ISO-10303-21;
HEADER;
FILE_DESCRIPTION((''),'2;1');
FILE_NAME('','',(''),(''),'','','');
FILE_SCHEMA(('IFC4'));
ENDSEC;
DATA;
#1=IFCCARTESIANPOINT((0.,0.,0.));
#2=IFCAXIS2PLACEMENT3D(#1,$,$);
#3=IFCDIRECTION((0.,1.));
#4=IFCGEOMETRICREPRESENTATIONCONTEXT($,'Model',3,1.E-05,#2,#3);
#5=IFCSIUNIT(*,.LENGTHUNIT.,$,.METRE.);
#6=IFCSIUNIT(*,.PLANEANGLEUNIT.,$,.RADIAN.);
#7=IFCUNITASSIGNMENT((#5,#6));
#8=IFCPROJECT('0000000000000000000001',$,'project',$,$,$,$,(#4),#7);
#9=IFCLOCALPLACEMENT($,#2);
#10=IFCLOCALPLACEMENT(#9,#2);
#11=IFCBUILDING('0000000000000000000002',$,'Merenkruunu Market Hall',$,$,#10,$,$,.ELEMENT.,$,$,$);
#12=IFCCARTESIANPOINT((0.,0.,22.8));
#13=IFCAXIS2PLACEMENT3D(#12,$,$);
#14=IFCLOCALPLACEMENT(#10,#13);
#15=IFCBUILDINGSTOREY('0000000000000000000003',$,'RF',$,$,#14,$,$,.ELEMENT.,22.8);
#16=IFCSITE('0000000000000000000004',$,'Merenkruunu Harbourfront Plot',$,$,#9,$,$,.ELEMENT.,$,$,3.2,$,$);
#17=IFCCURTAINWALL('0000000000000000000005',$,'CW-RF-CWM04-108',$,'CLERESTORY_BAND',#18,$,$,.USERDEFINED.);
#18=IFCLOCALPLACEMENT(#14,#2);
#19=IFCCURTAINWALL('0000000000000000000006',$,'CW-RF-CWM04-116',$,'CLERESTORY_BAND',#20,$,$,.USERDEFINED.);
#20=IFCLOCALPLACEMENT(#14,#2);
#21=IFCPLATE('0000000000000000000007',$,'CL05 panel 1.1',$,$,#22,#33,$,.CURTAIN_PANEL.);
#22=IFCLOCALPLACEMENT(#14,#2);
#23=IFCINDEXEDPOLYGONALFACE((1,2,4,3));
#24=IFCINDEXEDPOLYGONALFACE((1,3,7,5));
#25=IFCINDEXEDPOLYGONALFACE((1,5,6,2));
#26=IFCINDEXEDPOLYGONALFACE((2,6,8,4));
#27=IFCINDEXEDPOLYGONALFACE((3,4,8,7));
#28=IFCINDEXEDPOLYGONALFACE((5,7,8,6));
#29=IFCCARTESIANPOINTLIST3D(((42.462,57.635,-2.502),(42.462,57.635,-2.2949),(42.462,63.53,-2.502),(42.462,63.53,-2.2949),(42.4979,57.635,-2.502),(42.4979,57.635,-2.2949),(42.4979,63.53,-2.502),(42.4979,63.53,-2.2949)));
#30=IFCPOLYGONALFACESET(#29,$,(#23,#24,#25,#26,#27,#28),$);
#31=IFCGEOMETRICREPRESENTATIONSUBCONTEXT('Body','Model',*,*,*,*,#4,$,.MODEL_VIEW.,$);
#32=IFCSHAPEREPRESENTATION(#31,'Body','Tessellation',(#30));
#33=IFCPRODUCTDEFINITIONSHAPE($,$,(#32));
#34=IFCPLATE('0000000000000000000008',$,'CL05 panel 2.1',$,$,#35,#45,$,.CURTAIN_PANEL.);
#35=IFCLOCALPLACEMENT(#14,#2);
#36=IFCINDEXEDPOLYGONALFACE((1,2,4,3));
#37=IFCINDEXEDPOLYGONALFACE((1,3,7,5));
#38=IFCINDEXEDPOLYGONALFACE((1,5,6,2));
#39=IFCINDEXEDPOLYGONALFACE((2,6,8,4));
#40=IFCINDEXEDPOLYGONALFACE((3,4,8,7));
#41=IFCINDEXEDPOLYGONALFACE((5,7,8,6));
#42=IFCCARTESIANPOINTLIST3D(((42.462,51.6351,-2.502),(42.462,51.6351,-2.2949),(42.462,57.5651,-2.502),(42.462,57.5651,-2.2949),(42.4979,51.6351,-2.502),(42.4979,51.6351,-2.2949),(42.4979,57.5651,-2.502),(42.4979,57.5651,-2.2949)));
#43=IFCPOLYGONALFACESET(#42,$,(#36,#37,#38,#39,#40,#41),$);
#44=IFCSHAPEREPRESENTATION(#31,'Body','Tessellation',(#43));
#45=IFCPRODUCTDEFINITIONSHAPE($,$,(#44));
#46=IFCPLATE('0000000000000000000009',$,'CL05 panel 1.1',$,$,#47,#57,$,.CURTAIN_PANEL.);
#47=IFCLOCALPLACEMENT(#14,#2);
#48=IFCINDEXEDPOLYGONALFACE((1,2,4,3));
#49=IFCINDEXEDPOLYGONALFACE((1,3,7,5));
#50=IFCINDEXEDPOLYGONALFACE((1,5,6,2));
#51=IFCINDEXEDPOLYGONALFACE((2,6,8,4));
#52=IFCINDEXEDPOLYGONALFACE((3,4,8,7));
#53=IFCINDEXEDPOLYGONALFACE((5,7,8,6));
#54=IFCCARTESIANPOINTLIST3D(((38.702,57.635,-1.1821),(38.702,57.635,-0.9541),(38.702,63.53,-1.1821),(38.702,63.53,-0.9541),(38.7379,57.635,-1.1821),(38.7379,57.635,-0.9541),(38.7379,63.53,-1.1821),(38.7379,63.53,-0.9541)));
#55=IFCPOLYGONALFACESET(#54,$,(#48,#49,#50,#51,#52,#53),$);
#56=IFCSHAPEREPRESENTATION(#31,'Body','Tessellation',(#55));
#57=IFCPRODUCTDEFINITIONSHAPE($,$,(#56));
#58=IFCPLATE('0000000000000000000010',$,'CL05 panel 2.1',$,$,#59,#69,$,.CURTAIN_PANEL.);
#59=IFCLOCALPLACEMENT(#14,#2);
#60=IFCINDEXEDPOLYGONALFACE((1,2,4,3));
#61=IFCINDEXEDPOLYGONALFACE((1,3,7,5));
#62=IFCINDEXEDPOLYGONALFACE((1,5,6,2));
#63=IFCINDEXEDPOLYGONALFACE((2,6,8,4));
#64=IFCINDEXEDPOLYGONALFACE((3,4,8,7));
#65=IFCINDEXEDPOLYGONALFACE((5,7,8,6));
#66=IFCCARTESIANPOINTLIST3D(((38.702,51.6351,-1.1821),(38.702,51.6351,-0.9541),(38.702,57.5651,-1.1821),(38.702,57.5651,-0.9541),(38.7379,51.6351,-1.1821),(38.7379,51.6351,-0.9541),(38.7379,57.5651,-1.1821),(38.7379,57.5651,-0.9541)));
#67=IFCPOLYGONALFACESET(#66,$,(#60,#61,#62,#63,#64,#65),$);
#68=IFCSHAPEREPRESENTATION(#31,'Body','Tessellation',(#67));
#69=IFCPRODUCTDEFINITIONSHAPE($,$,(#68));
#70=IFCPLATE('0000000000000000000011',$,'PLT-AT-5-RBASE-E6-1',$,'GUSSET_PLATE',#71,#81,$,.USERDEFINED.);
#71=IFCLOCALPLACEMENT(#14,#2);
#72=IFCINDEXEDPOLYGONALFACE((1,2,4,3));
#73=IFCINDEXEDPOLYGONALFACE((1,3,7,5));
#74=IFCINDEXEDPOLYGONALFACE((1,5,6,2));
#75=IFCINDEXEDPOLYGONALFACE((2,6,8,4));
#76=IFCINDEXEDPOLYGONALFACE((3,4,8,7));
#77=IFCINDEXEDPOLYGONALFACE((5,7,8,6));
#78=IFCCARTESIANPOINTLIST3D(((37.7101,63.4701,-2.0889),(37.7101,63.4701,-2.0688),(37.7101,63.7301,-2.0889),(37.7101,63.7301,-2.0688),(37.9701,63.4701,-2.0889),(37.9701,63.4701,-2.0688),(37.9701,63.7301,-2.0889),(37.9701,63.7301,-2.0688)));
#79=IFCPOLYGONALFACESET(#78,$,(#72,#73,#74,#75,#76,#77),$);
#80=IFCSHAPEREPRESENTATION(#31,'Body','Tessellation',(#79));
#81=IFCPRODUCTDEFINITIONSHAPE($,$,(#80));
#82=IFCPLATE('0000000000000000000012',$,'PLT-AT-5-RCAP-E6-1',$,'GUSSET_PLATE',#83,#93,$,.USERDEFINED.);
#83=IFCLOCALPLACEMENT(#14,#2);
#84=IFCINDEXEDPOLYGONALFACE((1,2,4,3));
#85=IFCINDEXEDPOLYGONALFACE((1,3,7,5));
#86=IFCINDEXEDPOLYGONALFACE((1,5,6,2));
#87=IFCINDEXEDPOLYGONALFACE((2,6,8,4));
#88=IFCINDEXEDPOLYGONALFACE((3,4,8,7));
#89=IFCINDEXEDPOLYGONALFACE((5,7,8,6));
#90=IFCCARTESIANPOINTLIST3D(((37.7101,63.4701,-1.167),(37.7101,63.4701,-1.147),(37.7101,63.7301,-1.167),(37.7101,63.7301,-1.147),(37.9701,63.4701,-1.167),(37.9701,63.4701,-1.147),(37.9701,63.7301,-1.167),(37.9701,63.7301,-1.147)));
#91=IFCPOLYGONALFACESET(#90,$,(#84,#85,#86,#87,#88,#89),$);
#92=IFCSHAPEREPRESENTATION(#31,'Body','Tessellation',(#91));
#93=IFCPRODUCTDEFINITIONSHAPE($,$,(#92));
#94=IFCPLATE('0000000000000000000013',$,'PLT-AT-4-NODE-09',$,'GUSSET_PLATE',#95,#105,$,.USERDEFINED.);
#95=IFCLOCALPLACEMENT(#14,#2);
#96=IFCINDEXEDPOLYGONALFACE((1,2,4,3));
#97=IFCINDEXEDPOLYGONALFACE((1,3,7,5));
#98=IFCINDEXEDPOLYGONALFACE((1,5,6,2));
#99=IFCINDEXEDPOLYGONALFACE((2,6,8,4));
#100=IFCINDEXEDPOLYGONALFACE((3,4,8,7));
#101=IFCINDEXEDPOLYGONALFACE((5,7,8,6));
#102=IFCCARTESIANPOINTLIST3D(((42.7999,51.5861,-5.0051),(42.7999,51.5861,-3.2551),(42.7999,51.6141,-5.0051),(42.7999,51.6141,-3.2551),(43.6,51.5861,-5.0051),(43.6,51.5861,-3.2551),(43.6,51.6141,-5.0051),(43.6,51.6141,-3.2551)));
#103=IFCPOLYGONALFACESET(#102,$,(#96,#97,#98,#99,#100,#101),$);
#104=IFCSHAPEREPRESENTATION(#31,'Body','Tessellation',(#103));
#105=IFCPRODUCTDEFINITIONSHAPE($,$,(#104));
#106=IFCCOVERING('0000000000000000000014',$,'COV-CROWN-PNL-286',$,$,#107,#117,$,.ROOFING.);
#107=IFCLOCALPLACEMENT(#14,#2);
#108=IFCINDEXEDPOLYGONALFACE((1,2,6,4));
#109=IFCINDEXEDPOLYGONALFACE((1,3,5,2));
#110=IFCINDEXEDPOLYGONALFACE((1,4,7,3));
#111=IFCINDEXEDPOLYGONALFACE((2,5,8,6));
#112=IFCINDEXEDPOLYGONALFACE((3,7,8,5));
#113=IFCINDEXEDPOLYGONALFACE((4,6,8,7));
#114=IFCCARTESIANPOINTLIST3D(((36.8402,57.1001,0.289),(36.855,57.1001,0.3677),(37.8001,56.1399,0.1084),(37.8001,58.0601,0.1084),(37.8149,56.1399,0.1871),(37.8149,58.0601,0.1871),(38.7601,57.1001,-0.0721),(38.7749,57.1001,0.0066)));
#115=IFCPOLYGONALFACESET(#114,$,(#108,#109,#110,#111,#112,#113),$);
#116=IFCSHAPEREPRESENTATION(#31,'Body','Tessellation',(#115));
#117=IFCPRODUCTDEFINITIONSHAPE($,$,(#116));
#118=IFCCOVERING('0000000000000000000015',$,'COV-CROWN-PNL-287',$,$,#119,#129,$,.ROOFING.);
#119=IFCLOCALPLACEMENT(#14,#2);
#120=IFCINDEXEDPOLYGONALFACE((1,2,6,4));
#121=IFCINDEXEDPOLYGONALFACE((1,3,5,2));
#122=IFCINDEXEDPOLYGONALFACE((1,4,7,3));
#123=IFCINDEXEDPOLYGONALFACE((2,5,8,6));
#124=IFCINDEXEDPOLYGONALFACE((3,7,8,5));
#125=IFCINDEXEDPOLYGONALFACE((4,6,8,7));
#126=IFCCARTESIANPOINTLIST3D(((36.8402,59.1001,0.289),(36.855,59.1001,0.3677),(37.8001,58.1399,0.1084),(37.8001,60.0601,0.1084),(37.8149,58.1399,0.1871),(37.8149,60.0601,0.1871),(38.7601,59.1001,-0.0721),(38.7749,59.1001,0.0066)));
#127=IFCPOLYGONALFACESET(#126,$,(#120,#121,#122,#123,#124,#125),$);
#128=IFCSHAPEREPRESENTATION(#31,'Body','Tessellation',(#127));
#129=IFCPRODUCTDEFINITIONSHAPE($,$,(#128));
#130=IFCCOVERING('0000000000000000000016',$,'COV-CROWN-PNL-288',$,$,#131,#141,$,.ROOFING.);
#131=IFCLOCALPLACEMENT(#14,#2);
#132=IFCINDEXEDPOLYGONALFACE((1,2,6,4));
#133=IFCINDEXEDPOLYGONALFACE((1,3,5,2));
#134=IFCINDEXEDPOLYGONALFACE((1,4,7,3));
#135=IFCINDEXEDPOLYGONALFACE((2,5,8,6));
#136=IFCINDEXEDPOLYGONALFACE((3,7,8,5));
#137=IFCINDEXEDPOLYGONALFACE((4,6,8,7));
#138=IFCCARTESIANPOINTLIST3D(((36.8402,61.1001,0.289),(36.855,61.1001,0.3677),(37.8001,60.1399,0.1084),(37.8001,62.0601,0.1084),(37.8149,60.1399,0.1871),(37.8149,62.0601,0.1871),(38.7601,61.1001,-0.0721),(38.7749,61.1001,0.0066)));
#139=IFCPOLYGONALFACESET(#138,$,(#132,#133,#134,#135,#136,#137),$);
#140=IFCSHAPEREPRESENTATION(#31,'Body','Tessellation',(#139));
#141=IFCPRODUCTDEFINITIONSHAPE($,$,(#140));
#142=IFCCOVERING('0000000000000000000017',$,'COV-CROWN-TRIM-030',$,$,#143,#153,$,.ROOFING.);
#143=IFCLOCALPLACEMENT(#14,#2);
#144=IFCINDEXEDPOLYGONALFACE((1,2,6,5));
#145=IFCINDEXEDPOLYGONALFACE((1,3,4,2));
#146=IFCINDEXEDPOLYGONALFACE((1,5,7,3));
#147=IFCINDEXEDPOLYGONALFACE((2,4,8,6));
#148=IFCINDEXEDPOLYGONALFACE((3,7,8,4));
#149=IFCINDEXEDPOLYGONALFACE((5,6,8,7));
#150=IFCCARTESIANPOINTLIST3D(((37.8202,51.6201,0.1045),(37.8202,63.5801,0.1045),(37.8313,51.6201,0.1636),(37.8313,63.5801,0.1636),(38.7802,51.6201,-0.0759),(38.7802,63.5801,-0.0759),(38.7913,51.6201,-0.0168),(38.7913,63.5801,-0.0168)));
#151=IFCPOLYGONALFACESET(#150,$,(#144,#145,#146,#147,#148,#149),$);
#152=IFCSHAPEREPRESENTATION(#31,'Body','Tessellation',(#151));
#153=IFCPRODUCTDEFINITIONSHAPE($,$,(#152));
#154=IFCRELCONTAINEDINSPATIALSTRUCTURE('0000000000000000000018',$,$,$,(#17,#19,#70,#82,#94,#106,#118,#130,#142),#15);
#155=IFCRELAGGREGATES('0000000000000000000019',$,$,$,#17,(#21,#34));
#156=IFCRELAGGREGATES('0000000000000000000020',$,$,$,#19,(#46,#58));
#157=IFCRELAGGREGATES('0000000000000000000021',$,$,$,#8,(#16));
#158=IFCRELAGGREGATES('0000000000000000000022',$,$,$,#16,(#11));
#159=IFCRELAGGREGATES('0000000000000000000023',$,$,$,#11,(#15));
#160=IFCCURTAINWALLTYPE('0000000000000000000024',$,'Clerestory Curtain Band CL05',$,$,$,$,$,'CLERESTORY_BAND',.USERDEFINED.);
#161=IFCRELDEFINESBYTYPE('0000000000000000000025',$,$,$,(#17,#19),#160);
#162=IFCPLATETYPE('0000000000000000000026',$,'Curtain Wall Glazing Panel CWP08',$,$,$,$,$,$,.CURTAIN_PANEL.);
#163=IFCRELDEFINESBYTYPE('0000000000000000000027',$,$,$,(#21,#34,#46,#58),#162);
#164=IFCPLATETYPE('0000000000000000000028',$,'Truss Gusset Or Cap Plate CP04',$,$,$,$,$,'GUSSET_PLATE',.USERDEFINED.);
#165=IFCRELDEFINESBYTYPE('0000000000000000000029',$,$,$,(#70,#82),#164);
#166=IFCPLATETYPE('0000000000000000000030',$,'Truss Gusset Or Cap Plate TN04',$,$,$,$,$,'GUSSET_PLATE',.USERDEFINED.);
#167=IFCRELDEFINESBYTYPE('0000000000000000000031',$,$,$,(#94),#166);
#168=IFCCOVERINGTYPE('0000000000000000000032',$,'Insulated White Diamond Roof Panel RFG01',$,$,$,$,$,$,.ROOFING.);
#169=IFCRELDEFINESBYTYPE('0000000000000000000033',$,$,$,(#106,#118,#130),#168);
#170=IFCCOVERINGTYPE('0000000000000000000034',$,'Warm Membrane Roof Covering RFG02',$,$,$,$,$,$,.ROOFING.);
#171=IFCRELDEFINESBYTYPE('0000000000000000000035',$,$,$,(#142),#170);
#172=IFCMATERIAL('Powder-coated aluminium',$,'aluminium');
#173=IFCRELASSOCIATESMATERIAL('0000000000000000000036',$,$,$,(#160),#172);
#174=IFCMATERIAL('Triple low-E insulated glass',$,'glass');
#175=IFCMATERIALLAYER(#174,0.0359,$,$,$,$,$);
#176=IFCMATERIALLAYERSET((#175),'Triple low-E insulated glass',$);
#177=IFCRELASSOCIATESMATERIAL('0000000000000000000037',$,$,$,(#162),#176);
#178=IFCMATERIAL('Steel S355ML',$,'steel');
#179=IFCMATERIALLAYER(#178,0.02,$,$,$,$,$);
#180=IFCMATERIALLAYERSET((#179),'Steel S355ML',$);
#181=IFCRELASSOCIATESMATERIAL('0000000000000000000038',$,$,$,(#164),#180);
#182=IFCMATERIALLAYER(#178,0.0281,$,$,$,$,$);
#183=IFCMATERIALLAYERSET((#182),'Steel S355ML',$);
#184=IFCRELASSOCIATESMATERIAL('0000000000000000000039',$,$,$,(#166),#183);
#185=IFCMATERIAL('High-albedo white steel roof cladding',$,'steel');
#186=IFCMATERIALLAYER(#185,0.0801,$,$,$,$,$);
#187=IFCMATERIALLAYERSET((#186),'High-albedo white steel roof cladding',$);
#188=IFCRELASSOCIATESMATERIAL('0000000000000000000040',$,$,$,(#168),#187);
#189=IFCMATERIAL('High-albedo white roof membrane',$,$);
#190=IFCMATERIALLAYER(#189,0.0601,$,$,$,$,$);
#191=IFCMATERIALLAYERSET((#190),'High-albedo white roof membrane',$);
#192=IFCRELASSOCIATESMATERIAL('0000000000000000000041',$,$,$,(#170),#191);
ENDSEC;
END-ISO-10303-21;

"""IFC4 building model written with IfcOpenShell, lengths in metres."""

from ifc_helpers import new_model, si_unit, direction, frame, origin, origin_2d, place, context, subcontext, project, spatial, polyline, rectangle, outline, extrude, material, layer, layer_set, type_object, element, aggregate, save


model = new_model("IFC4")

# Units and contexts
model_context = context("Model", 3, precision=1e-05, world=origin(), true_north=direction((0.0, 1.0)))
body_context = subcontext(model_context, "Body", "Model", "MODEL_VIEW")
ifc_project = project(units=[si_unit("LENGTHUNIT", "METRE"), si_unit("PLANEANGLEUNIT", "RADIAN")], contexts=[model_context])

# Site, building, storey
site_placement = place(None, origin())
site = spatial("IfcSite", under=ifc_project, at=site_placement, Name="Merenkruunu Harbourfront Plot", CompositionType="ELEMENT", RefElevation=3.2)
building_placement = place(site_placement, origin())
building = spatial("IfcBuilding", under=site, at=building_placement, Name="Merenkruunu Market Hall", CompositionType="ELEMENT")
storey_placement = place(building_placement, frame((0.0, 0.0, 22.8)))
storey = spatial("IfcBuildingStorey", under=building, at=storey_placement, Name="RF", CompositionType="ELEMENT", Elevation=22.8)

# Shared definitions
ifc_material_1 = material(Name="Steel S355ML", Category="steel")

# Curtain walls
ifc_material_2 = material(Name="Powder-coated aluminium", Category="aluminium")
curtain_wall_type = type_object("IfcCurtainWallType", Name="Clerestory Curtain Band CL05", ElementType="CLERESTORY_BAND", PredefinedType="USERDEFINED", material=ifc_material_2)
curtain_wall_1_placement = place(storey_placement, origin())
curtain_wall_1 = element("IfcCurtainWall", 1, at=curtain_wall_1_placement, inside=storey, type_object=curtain_wall_type, Name="CW-RF-CWM04-108", ObjectType="CLERESTORY_BAND", PredefinedType="USERDEFINED")
curtain_wall_2_placement = place(storey_placement, origin())
curtain_wall_2 = element("IfcCurtainWall", 2, at=curtain_wall_2_placement, inside=storey, type_object=curtain_wall_type, Name="CW-RF-CWM04-116", ObjectType="CLERESTORY_BAND", PredefinedType="USERDEFINED")

# Plates
ifc_material_3 = material(Name="Triple low-E insulated glass", Category="glass")
ifc_layer_1 = layer(ifc_material_3, 0.0359)
ifc_layer_set_1 = layer_set([ifc_layer_1], Name="Triple low-E insulated glass")
plate_type_1 = type_object("IfcPlateType", Name="Curtain Wall Glazing Panel CWP08", PredefinedType="CURTAIN_PANEL", material=ifc_layer_set_1)
plate_1_placement = place(storey_placement, frame((42.48, 60.5825, -2.502), z_axis=(0.0, 0.0, 1.0), x_axis=(0.0, -1.0, 0.0)))
plate_1 = element("IfcPlate", 3, at=plate_1_placement, type_object=plate_type_1, Name="CL05 panel 1.1", PredefinedType="CURTAIN_PANEL", context=body_context, shape_type="SweptSolid", body=[
    extrude(rectangle(XDim=5.895, YDim=0.0359, at=origin_2d()), origin(), (0.0, 0.0, 1.0), 0.207),
])
plate_2_placement = place(storey_placement, frame((42.48, 54.6001, -2.502), z_axis=(0.0, 0.0, 1.0), x_axis=(0.0, -1.0, 0.0)))
plate_2 = element("IfcPlate", 4, at=plate_2_placement, type_object=plate_type_1, Name="CL05 panel 2.1", PredefinedType="CURTAIN_PANEL", context=body_context, shape_type="SweptSolid", body=[
    extrude(rectangle(XDim=5.9299, YDim=0.0359, at=origin_2d()), origin(), (0.0, 0.0, 1.0), 0.207),
])
aggregate(curtain_wall_1, [plate_1, plate_2])
plate_3_placement = place(storey_placement, frame((38.72, 60.5825, -1.1821), z_axis=(0.0, 0.0, 1.0), x_axis=(0.0, -1.0, 0.0)))
plate_3 = element("IfcPlate", 5, at=plate_3_placement, type_object=plate_type_1, Name="CL05 panel 1.1", PredefinedType="CURTAIN_PANEL", context=body_context, shape_type="SweptSolid", body=[
    extrude(rectangle(XDim=5.895, YDim=0.0359, at=origin_2d()), origin(), (0.0, 0.0, 1.0), 0.228),
])
plate_4_placement = place(storey_placement, frame((38.72, 54.6001, -1.1821), z_axis=(0.0, 0.0, 1.0), x_axis=(0.0, -1.0, 0.0)))
plate_4 = element("IfcPlate", 6, at=plate_4_placement, type_object=plate_type_1, Name="CL05 panel 2.1", PredefinedType="CURTAIN_PANEL", context=body_context, shape_type="SweptSolid", body=[
    extrude(rectangle(XDim=5.9299, YDim=0.0359, at=origin_2d()), origin(), (0.0, 0.0, 1.0), 0.228),
])
aggregate(curtain_wall_2, [plate_3, plate_4])

# Plates
ifc_layer_2 = layer(ifc_material_1, 0.02)
ifc_layer_set_2 = layer_set([ifc_layer_2], Name="Steel S355ML")
plate_type_2 = type_object("IfcPlateType", Name="Truss Gusset Or Cap Plate CP04", ElementType="GUSSET_PLATE", PredefinedType="USERDEFINED", material=ifc_layer_set_2)
for number, where, z_axis, x_axis, name in (
    (7, (37.8401, 63.6001, -2.0889), (0.0, 0.0, 1.0), (1.0, 0.0, 0.0), "PLT-AT-5-RBASE-E6-1"),
    (8, (37.8401, 63.6001, -1.167), (0.0, 0.0, 1.0), (1.0, 0.0, 0.0), "PLT-AT-5-RCAP-E6-1"),
):
    element("IfcPlate", number, at=place(storey_placement, frame(where, z_axis=z_axis, x_axis=x_axis)), inside=storey, type_object=plate_type_2, Name=name, ObjectType="GUSSET_PLATE", PredefinedType="USERDEFINED", context=body_context, shape_type="SweptSolid", body=[
        extrude(rectangle(XDim=0.26, YDim=0.26, at=origin_2d()), origin(), (0.0, 0.0, 1.0), 0.02),
    ])
ifc_layer_3 = layer(ifc_material_1, 0.0281)
ifc_layer_set_3 = layer_set([ifc_layer_3], Name="Steel S355ML")
plate_type_3 = type_object("IfcPlateType", Name="Truss Gusset Or Cap Plate TN04", ElementType="GUSSET_PLATE", PredefinedType="USERDEFINED", material=ifc_layer_set_3)
plate_5_placement = place(storey_placement, frame((43.2, 51.6001, -5.0051), z_axis=(0.0, 0.0, 1.0), x_axis=(1.0, 0.0, 0.0)))
element("IfcPlate", 9, at=plate_5_placement, inside=storey, type_object=plate_type_3, Name="PLT-AT-4-NODE-09", ObjectType="GUSSET_PLATE", PredefinedType="USERDEFINED", context=body_context, shape_type="SweptSolid", body=[
    extrude(rectangle(XDim=0.8, YDim=0.0281, at=origin_2d()), origin(), (0.0, 0.0, 1.0), 1.75),
])

# Coverings
ifc_material_4 = material(Name="High-albedo white steel roof cladding", Category="steel")
ifc_layer_4 = layer(ifc_material_4, 0.0801)
ifc_layer_set_4 = layer_set([ifc_layer_4], Name="High-albedo white steel roof cladding")
covering_type_1 = type_object("IfcCoveringType", Name="Insulated White Diamond Roof Panel RFG01", PredefinedType="ROOFING", material=ifc_layer_set_4)
for number, where, z_axis, x_axis, name in (
    (10, (36.855, 57.1001, 0.3677), (0.184832, 0.0, 0.98277), (0.70084, -0.701035, -0.131809), "COV-CROWN-PNL-286"),
    (11, (36.855, 59.1001, 0.3677), (0.184832, 0.0, 0.98277), (0.70084, -0.701035, -0.131809), "COV-CROWN-PNL-287"),
    (12, (36.855, 61.1001, 0.3677), (0.184832, 0.0, 0.98277), (0.70084, -0.701035, -0.131809), "COV-CROWN-PNL-288"),
):
    element("IfcCovering", number, at=place(storey_placement, frame(where, z_axis=z_axis, x_axis=x_axis)), inside=storey, type_object=covering_type_1, Name=name, PredefinedType="ROOFING", context=body_context, shape_type="SweptSolid", body=[
        extrude(outline(polyline([(0.0, 0.0), (1.3697, 0.0), (1.3932, 1.3695), (0.0236, 1.3693), (0.0, 0.0)])), origin(), (0.0, 0.0, -1.0), 0.0801),
    ])
ifc_material_5 = material(Name="High-albedo white roof membrane")
ifc_layer_5 = layer(ifc_material_5, 0.0601)
ifc_layer_set_5 = layer_set([ifc_layer_5], Name="High-albedo white roof membrane")
covering_type_2 = type_object("IfcCoveringType", Name="Warm Membrane Roof Covering RFG02", PredefinedType="ROOFING", material=ifc_layer_set_5)
covering_placement = place(storey_placement, frame((37.8313, 51.6201, 0.1636), z_axis=(0.184711, 0.0, 0.982793), x_axis=(0.982793, 0.0, -0.184711)))
element("IfcCovering", 13, at=covering_placement, inside=storey, type_object=covering_type_2, Name="COV-CROWN-TRIM-030", PredefinedType="ROOFING", context=body_context, shape_type="SweptSolid", body=[
    extrude(outline(polyline([(0.0, 0.0), (0.9768, 0.0), (0.9768, 11.96), (0.0, 11.96), (0.0, 0.0)])), origin(), (0.0, 0.0, -1.0), 0.0601),
])

save(model, "model.ifc")
